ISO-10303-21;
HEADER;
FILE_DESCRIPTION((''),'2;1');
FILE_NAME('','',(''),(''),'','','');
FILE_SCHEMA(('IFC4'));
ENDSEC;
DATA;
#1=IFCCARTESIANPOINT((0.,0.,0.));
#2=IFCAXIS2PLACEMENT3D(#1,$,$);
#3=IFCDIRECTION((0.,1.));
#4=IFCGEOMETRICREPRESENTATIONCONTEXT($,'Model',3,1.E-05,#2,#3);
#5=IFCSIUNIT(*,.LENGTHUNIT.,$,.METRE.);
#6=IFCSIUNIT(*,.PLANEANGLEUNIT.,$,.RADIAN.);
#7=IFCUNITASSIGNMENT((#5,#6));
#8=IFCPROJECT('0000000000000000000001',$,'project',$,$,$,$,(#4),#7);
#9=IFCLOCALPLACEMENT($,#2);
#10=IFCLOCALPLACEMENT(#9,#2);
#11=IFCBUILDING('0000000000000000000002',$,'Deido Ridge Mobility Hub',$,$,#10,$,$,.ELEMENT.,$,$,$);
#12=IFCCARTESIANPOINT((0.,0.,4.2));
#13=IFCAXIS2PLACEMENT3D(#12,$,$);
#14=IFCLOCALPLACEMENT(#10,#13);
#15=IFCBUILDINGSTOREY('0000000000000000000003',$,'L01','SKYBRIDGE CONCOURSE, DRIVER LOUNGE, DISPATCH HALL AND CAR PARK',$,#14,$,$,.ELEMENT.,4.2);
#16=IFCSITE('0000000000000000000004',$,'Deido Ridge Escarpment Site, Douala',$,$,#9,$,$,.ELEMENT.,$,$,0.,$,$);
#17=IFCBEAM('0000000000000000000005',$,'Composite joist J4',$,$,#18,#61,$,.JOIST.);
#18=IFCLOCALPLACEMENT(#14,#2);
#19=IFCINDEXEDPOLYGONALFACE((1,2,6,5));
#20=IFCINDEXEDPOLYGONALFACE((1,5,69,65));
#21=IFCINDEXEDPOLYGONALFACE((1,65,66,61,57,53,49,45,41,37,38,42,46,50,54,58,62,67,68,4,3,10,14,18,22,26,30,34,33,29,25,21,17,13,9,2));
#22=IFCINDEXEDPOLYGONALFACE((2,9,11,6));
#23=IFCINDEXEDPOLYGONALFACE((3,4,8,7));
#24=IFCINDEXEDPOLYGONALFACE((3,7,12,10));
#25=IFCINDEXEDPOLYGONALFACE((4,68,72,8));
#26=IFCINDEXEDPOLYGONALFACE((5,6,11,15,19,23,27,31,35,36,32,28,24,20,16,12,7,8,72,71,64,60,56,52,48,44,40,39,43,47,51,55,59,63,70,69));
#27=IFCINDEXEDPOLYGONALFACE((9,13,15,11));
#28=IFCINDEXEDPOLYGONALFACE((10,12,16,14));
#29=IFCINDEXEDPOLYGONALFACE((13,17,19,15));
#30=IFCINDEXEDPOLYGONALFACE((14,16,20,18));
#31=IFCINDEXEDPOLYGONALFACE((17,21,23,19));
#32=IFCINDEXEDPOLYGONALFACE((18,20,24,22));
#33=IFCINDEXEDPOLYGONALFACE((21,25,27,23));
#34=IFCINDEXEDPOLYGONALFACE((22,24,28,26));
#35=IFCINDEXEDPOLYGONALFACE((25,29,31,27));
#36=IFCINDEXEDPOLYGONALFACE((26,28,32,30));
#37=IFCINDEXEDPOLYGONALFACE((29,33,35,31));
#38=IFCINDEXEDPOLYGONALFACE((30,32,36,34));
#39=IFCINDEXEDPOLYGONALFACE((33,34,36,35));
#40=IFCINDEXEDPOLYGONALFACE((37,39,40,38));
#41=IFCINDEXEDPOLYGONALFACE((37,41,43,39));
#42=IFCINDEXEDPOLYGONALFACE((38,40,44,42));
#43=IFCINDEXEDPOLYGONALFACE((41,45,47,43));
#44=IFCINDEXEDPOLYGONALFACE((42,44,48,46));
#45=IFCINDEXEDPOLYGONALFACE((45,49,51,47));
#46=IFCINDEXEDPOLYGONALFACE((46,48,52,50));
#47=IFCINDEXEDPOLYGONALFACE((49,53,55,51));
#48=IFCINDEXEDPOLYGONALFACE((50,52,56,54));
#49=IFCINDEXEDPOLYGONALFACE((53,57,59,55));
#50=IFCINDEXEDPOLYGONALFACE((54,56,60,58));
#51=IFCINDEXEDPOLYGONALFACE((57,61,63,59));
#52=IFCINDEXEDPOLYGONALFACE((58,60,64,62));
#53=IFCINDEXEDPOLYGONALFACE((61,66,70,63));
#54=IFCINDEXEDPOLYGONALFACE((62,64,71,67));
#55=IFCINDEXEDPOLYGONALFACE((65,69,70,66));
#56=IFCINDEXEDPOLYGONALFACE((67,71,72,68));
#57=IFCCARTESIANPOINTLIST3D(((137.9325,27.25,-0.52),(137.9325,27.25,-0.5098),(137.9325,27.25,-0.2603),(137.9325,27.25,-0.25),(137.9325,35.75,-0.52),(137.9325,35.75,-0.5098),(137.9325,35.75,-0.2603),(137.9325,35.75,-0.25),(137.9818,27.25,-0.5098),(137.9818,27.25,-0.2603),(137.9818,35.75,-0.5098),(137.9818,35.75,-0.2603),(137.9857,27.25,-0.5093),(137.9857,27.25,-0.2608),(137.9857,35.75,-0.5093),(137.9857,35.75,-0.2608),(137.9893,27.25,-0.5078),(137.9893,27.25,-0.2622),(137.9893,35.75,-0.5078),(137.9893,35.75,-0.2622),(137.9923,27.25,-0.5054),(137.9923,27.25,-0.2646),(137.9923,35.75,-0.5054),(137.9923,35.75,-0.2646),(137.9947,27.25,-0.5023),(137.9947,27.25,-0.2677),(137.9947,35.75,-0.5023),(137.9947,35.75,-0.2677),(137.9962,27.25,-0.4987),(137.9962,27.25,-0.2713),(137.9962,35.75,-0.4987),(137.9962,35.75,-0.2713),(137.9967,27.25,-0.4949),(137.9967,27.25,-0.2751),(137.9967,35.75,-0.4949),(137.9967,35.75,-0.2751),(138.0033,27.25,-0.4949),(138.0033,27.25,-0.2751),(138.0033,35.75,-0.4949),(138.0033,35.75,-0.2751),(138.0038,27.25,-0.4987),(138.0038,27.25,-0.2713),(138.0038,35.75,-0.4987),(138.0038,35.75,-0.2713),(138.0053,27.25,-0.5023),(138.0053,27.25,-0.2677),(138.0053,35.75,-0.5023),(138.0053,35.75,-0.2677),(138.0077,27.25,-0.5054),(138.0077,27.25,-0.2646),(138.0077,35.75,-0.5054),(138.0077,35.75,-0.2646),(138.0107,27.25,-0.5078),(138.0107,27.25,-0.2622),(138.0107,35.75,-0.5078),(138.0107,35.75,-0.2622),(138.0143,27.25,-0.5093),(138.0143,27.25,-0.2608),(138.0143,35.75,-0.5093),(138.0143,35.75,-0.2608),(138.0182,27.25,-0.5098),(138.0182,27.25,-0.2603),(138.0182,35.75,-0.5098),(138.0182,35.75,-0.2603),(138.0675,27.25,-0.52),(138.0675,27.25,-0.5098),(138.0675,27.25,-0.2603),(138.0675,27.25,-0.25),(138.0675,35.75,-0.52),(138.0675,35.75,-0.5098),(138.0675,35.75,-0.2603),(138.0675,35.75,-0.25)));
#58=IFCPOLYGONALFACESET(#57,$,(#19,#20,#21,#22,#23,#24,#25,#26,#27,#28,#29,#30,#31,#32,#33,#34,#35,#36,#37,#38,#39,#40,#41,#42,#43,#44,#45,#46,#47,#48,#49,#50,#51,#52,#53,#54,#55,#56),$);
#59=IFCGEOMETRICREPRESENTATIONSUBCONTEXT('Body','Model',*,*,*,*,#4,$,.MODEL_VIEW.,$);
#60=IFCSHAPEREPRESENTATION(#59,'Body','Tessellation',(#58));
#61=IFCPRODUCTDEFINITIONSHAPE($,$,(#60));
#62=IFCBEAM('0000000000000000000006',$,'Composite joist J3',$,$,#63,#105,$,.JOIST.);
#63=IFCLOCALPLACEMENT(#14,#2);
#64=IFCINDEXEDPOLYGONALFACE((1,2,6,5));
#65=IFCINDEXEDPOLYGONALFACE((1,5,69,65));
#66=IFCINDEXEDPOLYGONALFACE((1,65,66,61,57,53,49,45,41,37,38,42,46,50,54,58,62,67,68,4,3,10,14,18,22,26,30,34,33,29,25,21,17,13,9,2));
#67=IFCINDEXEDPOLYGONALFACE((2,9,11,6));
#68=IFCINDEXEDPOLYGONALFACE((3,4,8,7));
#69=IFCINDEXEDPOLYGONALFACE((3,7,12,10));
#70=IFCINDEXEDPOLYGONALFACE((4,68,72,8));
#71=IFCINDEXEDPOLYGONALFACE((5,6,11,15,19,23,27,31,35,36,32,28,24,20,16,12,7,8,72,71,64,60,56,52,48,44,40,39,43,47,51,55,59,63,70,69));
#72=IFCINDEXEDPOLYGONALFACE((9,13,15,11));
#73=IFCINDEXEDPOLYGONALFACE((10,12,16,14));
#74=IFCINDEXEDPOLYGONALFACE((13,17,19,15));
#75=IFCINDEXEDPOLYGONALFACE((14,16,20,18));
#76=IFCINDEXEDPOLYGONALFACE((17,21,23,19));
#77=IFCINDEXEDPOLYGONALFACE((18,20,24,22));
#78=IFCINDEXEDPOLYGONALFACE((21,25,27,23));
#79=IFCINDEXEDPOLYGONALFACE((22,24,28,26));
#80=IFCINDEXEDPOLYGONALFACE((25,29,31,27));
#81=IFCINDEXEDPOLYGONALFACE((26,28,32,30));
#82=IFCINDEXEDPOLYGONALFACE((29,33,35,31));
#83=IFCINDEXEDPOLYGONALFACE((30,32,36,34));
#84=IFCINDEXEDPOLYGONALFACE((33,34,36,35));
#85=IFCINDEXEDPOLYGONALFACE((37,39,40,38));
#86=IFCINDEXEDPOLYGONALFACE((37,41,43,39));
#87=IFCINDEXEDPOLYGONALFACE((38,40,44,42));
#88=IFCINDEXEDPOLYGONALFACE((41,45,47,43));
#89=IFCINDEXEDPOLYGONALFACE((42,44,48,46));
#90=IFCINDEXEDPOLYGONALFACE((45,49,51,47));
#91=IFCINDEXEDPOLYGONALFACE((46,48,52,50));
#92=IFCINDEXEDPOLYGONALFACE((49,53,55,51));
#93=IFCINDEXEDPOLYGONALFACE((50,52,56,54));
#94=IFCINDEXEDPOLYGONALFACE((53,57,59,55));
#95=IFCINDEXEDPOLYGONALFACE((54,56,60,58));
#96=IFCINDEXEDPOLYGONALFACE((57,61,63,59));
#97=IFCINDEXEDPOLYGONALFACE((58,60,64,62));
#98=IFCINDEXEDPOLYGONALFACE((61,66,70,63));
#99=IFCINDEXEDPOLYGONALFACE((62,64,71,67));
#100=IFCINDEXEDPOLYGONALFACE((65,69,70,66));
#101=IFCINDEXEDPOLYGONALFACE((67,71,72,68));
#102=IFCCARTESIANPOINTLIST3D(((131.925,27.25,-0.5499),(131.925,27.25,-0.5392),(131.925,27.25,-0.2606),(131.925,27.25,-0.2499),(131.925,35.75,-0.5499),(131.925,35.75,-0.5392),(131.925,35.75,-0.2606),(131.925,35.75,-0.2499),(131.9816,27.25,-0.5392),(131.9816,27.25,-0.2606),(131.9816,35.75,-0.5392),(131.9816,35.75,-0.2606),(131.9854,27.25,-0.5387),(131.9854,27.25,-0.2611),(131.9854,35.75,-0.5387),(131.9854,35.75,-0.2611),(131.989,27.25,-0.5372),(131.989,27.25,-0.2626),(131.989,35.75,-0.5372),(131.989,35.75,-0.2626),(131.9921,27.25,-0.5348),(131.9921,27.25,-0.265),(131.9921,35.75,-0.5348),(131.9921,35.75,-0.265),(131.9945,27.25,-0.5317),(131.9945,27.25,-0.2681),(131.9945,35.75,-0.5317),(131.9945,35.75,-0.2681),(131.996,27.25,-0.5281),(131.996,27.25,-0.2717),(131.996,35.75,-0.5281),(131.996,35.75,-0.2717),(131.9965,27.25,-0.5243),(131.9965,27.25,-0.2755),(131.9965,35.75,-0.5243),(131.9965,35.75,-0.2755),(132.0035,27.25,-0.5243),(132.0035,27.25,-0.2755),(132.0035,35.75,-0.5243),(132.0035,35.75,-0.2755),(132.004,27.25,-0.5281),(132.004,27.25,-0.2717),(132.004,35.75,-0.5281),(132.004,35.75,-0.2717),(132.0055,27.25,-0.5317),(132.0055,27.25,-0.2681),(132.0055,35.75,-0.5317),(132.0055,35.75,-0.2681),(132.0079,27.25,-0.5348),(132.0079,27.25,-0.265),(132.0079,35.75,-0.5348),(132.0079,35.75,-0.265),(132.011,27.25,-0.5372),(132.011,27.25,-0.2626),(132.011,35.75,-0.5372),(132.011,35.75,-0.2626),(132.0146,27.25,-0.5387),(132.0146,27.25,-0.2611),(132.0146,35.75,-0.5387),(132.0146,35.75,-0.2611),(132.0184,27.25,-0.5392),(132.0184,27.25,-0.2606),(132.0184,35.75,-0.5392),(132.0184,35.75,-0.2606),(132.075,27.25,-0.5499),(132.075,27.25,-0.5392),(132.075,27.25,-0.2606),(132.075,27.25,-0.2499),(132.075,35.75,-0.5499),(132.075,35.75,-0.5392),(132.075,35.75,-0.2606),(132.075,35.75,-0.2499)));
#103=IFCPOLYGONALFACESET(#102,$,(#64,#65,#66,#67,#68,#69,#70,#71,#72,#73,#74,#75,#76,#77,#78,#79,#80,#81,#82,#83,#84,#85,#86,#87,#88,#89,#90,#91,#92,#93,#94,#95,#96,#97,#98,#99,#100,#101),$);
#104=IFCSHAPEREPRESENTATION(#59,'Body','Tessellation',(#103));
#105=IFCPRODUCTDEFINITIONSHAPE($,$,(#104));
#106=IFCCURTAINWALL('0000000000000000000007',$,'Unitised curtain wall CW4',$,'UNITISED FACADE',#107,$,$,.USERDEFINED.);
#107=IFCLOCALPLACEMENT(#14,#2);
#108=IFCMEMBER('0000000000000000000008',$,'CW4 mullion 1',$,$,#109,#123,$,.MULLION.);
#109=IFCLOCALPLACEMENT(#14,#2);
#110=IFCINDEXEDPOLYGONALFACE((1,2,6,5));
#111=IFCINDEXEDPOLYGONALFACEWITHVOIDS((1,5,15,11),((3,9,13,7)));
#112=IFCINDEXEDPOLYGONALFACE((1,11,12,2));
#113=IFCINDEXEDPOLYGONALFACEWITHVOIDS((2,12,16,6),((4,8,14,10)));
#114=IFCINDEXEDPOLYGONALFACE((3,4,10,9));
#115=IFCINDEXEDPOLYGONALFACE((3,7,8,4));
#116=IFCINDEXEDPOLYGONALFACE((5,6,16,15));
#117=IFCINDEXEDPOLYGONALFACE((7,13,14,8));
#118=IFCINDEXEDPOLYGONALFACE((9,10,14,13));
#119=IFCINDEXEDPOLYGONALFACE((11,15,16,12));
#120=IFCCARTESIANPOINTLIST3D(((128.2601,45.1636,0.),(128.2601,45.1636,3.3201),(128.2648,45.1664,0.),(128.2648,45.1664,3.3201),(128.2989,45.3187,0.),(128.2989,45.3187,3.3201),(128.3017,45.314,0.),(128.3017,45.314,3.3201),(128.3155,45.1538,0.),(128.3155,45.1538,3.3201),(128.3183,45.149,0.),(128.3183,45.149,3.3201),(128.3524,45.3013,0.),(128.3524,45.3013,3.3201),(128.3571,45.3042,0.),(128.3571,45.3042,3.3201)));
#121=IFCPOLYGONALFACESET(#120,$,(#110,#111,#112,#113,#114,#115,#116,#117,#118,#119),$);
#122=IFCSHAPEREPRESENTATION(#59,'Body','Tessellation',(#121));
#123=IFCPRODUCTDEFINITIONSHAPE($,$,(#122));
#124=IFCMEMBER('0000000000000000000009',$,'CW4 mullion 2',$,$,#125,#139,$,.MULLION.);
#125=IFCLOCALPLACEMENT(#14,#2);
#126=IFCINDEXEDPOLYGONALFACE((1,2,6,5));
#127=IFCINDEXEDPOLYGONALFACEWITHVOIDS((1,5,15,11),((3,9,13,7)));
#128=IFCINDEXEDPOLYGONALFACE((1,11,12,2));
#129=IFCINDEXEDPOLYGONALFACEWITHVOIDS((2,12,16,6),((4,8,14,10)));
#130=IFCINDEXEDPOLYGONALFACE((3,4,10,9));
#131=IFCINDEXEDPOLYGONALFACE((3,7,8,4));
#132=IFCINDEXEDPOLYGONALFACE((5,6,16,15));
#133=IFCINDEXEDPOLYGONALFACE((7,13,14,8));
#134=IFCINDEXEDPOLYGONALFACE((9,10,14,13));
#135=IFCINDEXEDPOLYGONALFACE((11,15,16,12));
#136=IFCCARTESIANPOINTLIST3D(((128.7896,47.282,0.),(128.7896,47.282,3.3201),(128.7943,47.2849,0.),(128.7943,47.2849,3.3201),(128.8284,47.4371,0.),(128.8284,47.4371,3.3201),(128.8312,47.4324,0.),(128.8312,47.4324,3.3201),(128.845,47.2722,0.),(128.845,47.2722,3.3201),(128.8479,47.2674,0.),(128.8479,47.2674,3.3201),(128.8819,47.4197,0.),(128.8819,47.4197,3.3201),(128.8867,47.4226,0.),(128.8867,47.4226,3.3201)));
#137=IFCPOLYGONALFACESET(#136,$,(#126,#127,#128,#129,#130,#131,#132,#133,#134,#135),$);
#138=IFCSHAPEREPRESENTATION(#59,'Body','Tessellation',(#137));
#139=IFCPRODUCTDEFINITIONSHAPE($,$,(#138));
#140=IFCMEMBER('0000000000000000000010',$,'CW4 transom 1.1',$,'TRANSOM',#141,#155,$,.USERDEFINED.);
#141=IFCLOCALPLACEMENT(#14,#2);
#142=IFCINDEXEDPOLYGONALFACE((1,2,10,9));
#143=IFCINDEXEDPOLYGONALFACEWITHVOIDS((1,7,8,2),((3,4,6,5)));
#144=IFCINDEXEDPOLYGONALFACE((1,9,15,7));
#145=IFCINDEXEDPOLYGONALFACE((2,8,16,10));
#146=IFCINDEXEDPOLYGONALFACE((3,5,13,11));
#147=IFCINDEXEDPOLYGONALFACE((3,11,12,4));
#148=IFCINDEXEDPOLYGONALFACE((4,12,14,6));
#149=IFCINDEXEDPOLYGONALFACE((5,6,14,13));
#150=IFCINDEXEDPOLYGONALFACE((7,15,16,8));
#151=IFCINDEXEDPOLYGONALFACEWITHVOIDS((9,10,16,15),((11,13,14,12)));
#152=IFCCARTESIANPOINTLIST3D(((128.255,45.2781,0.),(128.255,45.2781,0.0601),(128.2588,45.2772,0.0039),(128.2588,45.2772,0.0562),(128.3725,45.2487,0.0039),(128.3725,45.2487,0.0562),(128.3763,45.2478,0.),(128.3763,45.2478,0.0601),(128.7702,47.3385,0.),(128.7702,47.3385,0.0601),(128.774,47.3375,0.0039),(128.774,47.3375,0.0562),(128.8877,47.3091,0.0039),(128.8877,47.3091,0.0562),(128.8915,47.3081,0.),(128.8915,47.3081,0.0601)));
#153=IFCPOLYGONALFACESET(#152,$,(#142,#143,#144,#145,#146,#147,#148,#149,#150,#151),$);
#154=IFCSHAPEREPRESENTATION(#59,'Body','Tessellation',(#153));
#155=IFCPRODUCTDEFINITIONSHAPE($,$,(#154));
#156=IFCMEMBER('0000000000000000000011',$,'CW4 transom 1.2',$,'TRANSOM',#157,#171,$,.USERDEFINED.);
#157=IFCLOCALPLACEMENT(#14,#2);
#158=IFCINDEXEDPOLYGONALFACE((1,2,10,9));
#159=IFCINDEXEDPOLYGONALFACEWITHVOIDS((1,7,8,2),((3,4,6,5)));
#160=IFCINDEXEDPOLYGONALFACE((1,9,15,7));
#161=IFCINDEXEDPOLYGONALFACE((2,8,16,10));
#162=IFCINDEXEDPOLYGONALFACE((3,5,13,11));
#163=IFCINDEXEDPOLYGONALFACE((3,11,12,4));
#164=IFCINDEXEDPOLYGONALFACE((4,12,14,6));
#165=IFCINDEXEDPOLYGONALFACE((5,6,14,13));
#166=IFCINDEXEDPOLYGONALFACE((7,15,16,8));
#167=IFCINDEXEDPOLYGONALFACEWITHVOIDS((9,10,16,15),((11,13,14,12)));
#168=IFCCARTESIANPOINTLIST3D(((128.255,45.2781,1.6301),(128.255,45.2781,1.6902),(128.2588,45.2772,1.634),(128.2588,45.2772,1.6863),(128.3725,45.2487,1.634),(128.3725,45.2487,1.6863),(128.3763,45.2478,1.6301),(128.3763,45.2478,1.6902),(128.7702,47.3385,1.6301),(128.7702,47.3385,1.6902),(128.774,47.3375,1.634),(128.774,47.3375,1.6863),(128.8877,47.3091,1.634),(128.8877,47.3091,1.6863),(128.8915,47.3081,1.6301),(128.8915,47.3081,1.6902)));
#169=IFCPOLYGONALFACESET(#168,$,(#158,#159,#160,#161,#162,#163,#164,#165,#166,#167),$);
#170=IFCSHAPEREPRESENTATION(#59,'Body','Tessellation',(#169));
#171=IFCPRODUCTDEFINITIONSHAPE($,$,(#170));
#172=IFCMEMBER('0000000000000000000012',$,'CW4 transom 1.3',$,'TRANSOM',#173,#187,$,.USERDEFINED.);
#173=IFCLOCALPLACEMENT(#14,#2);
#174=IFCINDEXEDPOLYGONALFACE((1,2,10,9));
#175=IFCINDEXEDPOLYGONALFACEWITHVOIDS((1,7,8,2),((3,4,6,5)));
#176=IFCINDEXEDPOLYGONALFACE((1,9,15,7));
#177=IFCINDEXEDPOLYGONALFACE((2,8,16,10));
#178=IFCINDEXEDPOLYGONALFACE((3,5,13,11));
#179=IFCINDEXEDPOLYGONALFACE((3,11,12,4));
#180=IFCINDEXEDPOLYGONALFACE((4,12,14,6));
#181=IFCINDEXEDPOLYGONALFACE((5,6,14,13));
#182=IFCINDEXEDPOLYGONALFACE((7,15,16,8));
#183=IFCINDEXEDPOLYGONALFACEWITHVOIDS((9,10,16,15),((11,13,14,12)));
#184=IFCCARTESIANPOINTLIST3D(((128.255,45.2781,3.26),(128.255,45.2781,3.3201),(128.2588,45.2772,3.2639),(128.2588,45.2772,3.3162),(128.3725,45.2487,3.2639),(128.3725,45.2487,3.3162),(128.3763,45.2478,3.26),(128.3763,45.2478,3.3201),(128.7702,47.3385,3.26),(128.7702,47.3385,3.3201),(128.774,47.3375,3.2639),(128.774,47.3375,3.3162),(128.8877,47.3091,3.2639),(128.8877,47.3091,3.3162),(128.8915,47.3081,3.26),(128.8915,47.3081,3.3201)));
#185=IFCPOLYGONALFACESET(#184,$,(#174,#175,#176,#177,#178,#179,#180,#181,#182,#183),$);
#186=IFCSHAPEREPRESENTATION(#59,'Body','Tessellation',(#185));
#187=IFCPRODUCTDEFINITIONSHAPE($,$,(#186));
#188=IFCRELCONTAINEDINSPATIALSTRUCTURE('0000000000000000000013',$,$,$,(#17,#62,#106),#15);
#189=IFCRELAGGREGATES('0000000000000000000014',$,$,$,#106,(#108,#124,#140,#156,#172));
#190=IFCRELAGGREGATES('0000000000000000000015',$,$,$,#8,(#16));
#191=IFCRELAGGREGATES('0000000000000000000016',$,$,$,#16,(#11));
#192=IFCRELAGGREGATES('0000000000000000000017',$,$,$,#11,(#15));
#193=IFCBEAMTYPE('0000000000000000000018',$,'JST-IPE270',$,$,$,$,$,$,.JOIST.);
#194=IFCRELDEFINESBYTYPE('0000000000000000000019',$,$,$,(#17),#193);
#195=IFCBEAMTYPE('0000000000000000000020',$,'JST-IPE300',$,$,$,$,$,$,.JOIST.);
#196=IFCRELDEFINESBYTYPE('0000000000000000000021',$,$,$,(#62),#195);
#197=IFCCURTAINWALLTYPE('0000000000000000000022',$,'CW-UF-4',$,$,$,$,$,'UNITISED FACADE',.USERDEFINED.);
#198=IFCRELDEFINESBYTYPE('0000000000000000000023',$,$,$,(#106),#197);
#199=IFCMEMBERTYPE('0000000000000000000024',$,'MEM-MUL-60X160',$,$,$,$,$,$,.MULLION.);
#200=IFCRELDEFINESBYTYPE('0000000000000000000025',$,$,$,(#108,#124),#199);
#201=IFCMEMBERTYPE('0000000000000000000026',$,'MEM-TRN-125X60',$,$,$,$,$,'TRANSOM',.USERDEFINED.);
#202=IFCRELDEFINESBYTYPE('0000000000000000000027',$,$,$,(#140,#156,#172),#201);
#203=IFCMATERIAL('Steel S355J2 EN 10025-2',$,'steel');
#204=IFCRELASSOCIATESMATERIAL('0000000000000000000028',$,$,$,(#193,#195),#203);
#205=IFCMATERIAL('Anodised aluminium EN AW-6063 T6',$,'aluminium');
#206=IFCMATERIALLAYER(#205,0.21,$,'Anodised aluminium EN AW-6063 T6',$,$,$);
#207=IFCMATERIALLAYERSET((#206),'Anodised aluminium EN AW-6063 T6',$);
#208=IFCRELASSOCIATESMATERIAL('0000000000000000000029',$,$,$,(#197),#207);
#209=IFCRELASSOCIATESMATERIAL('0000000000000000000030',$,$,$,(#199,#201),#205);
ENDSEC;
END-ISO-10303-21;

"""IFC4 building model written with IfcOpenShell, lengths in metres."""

from ifc_helpers import new_model, si_unit, direction, frame, origin, origin_2d, place, context, subcontext, project, spatial, hollow_rectangle, i_section, extrude, material, layer, layer_set, material_profile, profile_set, type_object, element, aggregate, save


model = new_model("IFC4")

# Units and contexts
model_context = context("Model", 3, precision=1e-05, world=origin(), true_north=direction((0.0, 1.0)))
body_context = subcontext(model_context, "Body", "Model", "MODEL_VIEW")
ifc_project = project(units=[si_unit("LENGTHUNIT", "METRE"), si_unit("PLANEANGLEUNIT", "RADIAN")], contexts=[model_context])

# Site, building, storey
site_placement = place(None, origin())
site = spatial("IfcSite", under=ifc_project, at=site_placement, Name="Deido Ridge Escarpment Site, Douala", CompositionType="ELEMENT", RefElevation=0.0)
building_placement = place(site_placement, origin())
building = spatial("IfcBuilding", under=site, at=building_placement, Name="Deido Ridge Mobility Hub", CompositionType="ELEMENT")
storey_placement = place(building_placement, frame((0.0, 0.0, 4.2)))
storey = spatial("IfcBuildingStorey", under=building, at=storey_placement, Name="L01", Description="SKYBRIDGE CONCOURSE, DRIVER LOUNGE, DISPATCH HALL AND CAR PARK", CompositionType="ELEMENT", Elevation=4.2)

# Shared definitions
ifc_material_1 = material(Name="Steel S355J2 EN 10025-2", Category="steel")

# Beams
ifc_material_profile_1 = material_profile(ifc_material_1, i_section(OverallWidth=0.135, OverallDepth=0.27, WebThickness=0.0066, FlangeThickness=0.0103, FilletRadius=0.0149, at=origin_2d()), Name="IPE 270")
ifc_profile_set_1 = profile_set([ifc_material_profile_1], Name="Steel S355J2 EN 10025-2")
beam_type_1 = type_object("IfcBeamType", Name="JST-IPE270", PredefinedType="JOIST", material=ifc_profile_set_1)
beam_1_placement = place(storey_placement, frame((138.0, 27.25, -0.385), z_axis=(0.0, 1.0, 0.0), x_axis=(-1.0, 0.0, 0.0)))
element("IfcBeam", 1, at=beam_1_placement, inside=storey, type_object=beam_type_1, Name="Composite joist J4", PredefinedType="JOIST", context=body_context, shape_type="SweptSolid", body=[
    extrude(i_section(OverallWidth=0.135, OverallDepth=0.27, WebThickness=0.0066, FlangeThickness=0.0103, FilletRadius=0.0149, at=origin_2d()), origin(), (0.0, 0.0, 1.0), 8.5),
])
ifc_material_profile_2 = material_profile(ifc_material_1, i_section(OverallWidth=0.1499, OverallDepth=0.3, WebThickness=0.0071, FlangeThickness=0.0107, FilletRadius=0.0149, at=origin_2d()), Name="IPE 300")
ifc_profile_set_2 = profile_set([ifc_material_profile_2], Name="Steel S355J2 EN 10025-2")
beam_type_2 = type_object("IfcBeamType", Name="JST-IPE300", PredefinedType="JOIST", material=ifc_profile_set_2)
beam_2_placement = place(storey_placement, frame((132.0, 27.25, -0.3999), z_axis=(0.0, 1.0, 0.0), x_axis=(-1.0, 0.0, 0.0)))
element("IfcBeam", 2, at=beam_2_placement, inside=storey, type_object=beam_type_2, Name="Composite joist J3", PredefinedType="JOIST", context=body_context, shape_type="SweptSolid", body=[
    extrude(i_section(OverallWidth=0.1499, OverallDepth=0.3, WebThickness=0.0071, FlangeThickness=0.0107, FilletRadius=0.0149, at=origin_2d()), origin(), (0.0, 0.0, 1.0), 8.5),
])

# Curtain wall, members
ifc_material_2 = material(Name="Anodised aluminium EN AW-6063 T6", Category="aluminium")
ifc_layer_1 = layer(ifc_material_2, 0.21, Name="Anodised aluminium EN AW-6063 T6")
ifc_layer_set_1 = layer_set([ifc_layer_1], Name="Anodised aluminium EN AW-6063 T6")
curtain_wall_type = type_object("IfcCurtainWallType", Name="CW-UF-4", ElementType="UNITISED FACADE", PredefinedType="USERDEFINED", material=ifc_layer_set_1)
curtain_wall_placement = place(storey_placement, origin())
curtain_wall = element("IfcCurtainWall", 3, at=curtain_wall_placement, inside=storey, type_object=curtain_wall_type, Name="Unitised curtain wall CW4", ObjectType="UNITISED FACADE", PredefinedType="USERDEFINED")
ifc_material_profile_3 = material_profile(ifc_material_2, hollow_rectangle(XDim=0.0601, YDim=0.1599, WallThickness=0.0039, at=origin_2d()), Name="RHS 60x160x4")
ifc_profile_set_3 = profile_set([ifc_material_profile_3], Name="Anodised aluminium EN AW-6063 T6")
member_type_1 = type_object("IfcMemberType", Name="MEM-MUL-60X160", PredefinedType="MULLION", material=ifc_profile_set_3)
member_1_placement = place(storey_placement, frame((128.3086, 45.2339, 0.0), z_axis=(0.0, 0.0, 1.0), x_axis=(-0.970144, 0.24253, 0.0)))
member_1 = element("IfcMember", 4, at=member_1_placement, type_object=member_type_1, Name="CW4 mullion 1", PredefinedType="MULLION", context=body_context, shape_type="SweptSolid", body=[
    extrude(hollow_rectangle(XDim=0.0601, YDim=0.1599, WallThickness=0.0039, at=origin_2d()), origin(), (0.0, 0.0, 1.0), 3.3201),
])
member_2_placement = place(storey_placement, frame((128.8381, 47.3523, 0.0), z_axis=(0.0, 0.0, 1.0), x_axis=(-0.970144, 0.24253, 0.0)))
member_2 = element("IfcMember", 5, at=member_2_placement, type_object=member_type_1, Name="CW4 mullion 2", PredefinedType="MULLION", context=body_context, shape_type="SweptSolid", body=[
    extrude(hollow_rectangle(XDim=0.0601, YDim=0.1599, WallThickness=0.0039, at=origin_2d()), origin(), (0.0, 0.0, 1.0), 3.3201),
])
ifc_material_profile_4 = material_profile(ifc_material_2, hollow_rectangle(XDim=0.125, YDim=0.0601, WallThickness=0.0039, at=origin_2d()), Name="RHS 125x60x4")
ifc_profile_set_4 = profile_set([ifc_material_profile_4], Name="Anodised aluminium EN AW-6063 T6")
member_type_2 = type_object("IfcMemberType", Name="MEM-TRN-125X60", ElementType="TRANSOM", PredefinedType="USERDEFINED", material=ifc_profile_set_4)
member_3_placement = place(storey_placement, frame((128.3157, 45.2629, 0.03), z_axis=(0.242563, 0.970136, 0.0), x_axis=(-0.970136, 0.242563, 0.0)))
member_3 = element("IfcMember", 6, at=member_3_placement, type_object=member_type_2, Name="CW4 transom 1.1", ObjectType="TRANSOM", PredefinedType="USERDEFINED", context=body_context, shape_type="SweptSolid", body=[
    extrude(hollow_rectangle(XDim=0.125, YDim=0.0601, WallThickness=0.0039, at=origin_2d()), origin(), (0.0, 0.0, 1.0), 2.1238),
])
member_4_placement = place(storey_placement, frame((128.3157, 45.2629, 1.6602), z_axis=(0.242563, 0.970136, 0.0), x_axis=(-0.970136, 0.242563, 0.0)))
member_4 = element("IfcMember", 7, at=member_4_placement, type_object=member_type_2, Name="CW4 transom 1.2", ObjectType="TRANSOM", PredefinedType="USERDEFINED", context=body_context, shape_type="SweptSolid", body=[
    extrude(hollow_rectangle(XDim=0.125, YDim=0.0601, WallThickness=0.0039, at=origin_2d()), origin(), (0.0, 0.0, 1.0), 2.1238),
])
member_5_placement = place(storey_placement, frame((128.3157, 45.2629, 3.29), z_axis=(0.242563, 0.970136, 0.0), x_axis=(-0.970136, 0.242563, 0.0)))
member_5 = element("IfcMember", 8, at=member_5_placement, type_object=member_type_2, Name="CW4 transom 1.3", ObjectType="TRANSOM", PredefinedType="USERDEFINED", context=body_context, shape_type="SweptSolid", body=[
    extrude(hollow_rectangle(XDim=0.125, YDim=0.0601, WallThickness=0.0039, at=origin_2d()), origin(), (0.0, 0.0, 1.0), 2.1238),
])
aggregate(curtain_wall, [member_1, member_2, member_3, member_4, member_5])

save(model, "model.ifc")
